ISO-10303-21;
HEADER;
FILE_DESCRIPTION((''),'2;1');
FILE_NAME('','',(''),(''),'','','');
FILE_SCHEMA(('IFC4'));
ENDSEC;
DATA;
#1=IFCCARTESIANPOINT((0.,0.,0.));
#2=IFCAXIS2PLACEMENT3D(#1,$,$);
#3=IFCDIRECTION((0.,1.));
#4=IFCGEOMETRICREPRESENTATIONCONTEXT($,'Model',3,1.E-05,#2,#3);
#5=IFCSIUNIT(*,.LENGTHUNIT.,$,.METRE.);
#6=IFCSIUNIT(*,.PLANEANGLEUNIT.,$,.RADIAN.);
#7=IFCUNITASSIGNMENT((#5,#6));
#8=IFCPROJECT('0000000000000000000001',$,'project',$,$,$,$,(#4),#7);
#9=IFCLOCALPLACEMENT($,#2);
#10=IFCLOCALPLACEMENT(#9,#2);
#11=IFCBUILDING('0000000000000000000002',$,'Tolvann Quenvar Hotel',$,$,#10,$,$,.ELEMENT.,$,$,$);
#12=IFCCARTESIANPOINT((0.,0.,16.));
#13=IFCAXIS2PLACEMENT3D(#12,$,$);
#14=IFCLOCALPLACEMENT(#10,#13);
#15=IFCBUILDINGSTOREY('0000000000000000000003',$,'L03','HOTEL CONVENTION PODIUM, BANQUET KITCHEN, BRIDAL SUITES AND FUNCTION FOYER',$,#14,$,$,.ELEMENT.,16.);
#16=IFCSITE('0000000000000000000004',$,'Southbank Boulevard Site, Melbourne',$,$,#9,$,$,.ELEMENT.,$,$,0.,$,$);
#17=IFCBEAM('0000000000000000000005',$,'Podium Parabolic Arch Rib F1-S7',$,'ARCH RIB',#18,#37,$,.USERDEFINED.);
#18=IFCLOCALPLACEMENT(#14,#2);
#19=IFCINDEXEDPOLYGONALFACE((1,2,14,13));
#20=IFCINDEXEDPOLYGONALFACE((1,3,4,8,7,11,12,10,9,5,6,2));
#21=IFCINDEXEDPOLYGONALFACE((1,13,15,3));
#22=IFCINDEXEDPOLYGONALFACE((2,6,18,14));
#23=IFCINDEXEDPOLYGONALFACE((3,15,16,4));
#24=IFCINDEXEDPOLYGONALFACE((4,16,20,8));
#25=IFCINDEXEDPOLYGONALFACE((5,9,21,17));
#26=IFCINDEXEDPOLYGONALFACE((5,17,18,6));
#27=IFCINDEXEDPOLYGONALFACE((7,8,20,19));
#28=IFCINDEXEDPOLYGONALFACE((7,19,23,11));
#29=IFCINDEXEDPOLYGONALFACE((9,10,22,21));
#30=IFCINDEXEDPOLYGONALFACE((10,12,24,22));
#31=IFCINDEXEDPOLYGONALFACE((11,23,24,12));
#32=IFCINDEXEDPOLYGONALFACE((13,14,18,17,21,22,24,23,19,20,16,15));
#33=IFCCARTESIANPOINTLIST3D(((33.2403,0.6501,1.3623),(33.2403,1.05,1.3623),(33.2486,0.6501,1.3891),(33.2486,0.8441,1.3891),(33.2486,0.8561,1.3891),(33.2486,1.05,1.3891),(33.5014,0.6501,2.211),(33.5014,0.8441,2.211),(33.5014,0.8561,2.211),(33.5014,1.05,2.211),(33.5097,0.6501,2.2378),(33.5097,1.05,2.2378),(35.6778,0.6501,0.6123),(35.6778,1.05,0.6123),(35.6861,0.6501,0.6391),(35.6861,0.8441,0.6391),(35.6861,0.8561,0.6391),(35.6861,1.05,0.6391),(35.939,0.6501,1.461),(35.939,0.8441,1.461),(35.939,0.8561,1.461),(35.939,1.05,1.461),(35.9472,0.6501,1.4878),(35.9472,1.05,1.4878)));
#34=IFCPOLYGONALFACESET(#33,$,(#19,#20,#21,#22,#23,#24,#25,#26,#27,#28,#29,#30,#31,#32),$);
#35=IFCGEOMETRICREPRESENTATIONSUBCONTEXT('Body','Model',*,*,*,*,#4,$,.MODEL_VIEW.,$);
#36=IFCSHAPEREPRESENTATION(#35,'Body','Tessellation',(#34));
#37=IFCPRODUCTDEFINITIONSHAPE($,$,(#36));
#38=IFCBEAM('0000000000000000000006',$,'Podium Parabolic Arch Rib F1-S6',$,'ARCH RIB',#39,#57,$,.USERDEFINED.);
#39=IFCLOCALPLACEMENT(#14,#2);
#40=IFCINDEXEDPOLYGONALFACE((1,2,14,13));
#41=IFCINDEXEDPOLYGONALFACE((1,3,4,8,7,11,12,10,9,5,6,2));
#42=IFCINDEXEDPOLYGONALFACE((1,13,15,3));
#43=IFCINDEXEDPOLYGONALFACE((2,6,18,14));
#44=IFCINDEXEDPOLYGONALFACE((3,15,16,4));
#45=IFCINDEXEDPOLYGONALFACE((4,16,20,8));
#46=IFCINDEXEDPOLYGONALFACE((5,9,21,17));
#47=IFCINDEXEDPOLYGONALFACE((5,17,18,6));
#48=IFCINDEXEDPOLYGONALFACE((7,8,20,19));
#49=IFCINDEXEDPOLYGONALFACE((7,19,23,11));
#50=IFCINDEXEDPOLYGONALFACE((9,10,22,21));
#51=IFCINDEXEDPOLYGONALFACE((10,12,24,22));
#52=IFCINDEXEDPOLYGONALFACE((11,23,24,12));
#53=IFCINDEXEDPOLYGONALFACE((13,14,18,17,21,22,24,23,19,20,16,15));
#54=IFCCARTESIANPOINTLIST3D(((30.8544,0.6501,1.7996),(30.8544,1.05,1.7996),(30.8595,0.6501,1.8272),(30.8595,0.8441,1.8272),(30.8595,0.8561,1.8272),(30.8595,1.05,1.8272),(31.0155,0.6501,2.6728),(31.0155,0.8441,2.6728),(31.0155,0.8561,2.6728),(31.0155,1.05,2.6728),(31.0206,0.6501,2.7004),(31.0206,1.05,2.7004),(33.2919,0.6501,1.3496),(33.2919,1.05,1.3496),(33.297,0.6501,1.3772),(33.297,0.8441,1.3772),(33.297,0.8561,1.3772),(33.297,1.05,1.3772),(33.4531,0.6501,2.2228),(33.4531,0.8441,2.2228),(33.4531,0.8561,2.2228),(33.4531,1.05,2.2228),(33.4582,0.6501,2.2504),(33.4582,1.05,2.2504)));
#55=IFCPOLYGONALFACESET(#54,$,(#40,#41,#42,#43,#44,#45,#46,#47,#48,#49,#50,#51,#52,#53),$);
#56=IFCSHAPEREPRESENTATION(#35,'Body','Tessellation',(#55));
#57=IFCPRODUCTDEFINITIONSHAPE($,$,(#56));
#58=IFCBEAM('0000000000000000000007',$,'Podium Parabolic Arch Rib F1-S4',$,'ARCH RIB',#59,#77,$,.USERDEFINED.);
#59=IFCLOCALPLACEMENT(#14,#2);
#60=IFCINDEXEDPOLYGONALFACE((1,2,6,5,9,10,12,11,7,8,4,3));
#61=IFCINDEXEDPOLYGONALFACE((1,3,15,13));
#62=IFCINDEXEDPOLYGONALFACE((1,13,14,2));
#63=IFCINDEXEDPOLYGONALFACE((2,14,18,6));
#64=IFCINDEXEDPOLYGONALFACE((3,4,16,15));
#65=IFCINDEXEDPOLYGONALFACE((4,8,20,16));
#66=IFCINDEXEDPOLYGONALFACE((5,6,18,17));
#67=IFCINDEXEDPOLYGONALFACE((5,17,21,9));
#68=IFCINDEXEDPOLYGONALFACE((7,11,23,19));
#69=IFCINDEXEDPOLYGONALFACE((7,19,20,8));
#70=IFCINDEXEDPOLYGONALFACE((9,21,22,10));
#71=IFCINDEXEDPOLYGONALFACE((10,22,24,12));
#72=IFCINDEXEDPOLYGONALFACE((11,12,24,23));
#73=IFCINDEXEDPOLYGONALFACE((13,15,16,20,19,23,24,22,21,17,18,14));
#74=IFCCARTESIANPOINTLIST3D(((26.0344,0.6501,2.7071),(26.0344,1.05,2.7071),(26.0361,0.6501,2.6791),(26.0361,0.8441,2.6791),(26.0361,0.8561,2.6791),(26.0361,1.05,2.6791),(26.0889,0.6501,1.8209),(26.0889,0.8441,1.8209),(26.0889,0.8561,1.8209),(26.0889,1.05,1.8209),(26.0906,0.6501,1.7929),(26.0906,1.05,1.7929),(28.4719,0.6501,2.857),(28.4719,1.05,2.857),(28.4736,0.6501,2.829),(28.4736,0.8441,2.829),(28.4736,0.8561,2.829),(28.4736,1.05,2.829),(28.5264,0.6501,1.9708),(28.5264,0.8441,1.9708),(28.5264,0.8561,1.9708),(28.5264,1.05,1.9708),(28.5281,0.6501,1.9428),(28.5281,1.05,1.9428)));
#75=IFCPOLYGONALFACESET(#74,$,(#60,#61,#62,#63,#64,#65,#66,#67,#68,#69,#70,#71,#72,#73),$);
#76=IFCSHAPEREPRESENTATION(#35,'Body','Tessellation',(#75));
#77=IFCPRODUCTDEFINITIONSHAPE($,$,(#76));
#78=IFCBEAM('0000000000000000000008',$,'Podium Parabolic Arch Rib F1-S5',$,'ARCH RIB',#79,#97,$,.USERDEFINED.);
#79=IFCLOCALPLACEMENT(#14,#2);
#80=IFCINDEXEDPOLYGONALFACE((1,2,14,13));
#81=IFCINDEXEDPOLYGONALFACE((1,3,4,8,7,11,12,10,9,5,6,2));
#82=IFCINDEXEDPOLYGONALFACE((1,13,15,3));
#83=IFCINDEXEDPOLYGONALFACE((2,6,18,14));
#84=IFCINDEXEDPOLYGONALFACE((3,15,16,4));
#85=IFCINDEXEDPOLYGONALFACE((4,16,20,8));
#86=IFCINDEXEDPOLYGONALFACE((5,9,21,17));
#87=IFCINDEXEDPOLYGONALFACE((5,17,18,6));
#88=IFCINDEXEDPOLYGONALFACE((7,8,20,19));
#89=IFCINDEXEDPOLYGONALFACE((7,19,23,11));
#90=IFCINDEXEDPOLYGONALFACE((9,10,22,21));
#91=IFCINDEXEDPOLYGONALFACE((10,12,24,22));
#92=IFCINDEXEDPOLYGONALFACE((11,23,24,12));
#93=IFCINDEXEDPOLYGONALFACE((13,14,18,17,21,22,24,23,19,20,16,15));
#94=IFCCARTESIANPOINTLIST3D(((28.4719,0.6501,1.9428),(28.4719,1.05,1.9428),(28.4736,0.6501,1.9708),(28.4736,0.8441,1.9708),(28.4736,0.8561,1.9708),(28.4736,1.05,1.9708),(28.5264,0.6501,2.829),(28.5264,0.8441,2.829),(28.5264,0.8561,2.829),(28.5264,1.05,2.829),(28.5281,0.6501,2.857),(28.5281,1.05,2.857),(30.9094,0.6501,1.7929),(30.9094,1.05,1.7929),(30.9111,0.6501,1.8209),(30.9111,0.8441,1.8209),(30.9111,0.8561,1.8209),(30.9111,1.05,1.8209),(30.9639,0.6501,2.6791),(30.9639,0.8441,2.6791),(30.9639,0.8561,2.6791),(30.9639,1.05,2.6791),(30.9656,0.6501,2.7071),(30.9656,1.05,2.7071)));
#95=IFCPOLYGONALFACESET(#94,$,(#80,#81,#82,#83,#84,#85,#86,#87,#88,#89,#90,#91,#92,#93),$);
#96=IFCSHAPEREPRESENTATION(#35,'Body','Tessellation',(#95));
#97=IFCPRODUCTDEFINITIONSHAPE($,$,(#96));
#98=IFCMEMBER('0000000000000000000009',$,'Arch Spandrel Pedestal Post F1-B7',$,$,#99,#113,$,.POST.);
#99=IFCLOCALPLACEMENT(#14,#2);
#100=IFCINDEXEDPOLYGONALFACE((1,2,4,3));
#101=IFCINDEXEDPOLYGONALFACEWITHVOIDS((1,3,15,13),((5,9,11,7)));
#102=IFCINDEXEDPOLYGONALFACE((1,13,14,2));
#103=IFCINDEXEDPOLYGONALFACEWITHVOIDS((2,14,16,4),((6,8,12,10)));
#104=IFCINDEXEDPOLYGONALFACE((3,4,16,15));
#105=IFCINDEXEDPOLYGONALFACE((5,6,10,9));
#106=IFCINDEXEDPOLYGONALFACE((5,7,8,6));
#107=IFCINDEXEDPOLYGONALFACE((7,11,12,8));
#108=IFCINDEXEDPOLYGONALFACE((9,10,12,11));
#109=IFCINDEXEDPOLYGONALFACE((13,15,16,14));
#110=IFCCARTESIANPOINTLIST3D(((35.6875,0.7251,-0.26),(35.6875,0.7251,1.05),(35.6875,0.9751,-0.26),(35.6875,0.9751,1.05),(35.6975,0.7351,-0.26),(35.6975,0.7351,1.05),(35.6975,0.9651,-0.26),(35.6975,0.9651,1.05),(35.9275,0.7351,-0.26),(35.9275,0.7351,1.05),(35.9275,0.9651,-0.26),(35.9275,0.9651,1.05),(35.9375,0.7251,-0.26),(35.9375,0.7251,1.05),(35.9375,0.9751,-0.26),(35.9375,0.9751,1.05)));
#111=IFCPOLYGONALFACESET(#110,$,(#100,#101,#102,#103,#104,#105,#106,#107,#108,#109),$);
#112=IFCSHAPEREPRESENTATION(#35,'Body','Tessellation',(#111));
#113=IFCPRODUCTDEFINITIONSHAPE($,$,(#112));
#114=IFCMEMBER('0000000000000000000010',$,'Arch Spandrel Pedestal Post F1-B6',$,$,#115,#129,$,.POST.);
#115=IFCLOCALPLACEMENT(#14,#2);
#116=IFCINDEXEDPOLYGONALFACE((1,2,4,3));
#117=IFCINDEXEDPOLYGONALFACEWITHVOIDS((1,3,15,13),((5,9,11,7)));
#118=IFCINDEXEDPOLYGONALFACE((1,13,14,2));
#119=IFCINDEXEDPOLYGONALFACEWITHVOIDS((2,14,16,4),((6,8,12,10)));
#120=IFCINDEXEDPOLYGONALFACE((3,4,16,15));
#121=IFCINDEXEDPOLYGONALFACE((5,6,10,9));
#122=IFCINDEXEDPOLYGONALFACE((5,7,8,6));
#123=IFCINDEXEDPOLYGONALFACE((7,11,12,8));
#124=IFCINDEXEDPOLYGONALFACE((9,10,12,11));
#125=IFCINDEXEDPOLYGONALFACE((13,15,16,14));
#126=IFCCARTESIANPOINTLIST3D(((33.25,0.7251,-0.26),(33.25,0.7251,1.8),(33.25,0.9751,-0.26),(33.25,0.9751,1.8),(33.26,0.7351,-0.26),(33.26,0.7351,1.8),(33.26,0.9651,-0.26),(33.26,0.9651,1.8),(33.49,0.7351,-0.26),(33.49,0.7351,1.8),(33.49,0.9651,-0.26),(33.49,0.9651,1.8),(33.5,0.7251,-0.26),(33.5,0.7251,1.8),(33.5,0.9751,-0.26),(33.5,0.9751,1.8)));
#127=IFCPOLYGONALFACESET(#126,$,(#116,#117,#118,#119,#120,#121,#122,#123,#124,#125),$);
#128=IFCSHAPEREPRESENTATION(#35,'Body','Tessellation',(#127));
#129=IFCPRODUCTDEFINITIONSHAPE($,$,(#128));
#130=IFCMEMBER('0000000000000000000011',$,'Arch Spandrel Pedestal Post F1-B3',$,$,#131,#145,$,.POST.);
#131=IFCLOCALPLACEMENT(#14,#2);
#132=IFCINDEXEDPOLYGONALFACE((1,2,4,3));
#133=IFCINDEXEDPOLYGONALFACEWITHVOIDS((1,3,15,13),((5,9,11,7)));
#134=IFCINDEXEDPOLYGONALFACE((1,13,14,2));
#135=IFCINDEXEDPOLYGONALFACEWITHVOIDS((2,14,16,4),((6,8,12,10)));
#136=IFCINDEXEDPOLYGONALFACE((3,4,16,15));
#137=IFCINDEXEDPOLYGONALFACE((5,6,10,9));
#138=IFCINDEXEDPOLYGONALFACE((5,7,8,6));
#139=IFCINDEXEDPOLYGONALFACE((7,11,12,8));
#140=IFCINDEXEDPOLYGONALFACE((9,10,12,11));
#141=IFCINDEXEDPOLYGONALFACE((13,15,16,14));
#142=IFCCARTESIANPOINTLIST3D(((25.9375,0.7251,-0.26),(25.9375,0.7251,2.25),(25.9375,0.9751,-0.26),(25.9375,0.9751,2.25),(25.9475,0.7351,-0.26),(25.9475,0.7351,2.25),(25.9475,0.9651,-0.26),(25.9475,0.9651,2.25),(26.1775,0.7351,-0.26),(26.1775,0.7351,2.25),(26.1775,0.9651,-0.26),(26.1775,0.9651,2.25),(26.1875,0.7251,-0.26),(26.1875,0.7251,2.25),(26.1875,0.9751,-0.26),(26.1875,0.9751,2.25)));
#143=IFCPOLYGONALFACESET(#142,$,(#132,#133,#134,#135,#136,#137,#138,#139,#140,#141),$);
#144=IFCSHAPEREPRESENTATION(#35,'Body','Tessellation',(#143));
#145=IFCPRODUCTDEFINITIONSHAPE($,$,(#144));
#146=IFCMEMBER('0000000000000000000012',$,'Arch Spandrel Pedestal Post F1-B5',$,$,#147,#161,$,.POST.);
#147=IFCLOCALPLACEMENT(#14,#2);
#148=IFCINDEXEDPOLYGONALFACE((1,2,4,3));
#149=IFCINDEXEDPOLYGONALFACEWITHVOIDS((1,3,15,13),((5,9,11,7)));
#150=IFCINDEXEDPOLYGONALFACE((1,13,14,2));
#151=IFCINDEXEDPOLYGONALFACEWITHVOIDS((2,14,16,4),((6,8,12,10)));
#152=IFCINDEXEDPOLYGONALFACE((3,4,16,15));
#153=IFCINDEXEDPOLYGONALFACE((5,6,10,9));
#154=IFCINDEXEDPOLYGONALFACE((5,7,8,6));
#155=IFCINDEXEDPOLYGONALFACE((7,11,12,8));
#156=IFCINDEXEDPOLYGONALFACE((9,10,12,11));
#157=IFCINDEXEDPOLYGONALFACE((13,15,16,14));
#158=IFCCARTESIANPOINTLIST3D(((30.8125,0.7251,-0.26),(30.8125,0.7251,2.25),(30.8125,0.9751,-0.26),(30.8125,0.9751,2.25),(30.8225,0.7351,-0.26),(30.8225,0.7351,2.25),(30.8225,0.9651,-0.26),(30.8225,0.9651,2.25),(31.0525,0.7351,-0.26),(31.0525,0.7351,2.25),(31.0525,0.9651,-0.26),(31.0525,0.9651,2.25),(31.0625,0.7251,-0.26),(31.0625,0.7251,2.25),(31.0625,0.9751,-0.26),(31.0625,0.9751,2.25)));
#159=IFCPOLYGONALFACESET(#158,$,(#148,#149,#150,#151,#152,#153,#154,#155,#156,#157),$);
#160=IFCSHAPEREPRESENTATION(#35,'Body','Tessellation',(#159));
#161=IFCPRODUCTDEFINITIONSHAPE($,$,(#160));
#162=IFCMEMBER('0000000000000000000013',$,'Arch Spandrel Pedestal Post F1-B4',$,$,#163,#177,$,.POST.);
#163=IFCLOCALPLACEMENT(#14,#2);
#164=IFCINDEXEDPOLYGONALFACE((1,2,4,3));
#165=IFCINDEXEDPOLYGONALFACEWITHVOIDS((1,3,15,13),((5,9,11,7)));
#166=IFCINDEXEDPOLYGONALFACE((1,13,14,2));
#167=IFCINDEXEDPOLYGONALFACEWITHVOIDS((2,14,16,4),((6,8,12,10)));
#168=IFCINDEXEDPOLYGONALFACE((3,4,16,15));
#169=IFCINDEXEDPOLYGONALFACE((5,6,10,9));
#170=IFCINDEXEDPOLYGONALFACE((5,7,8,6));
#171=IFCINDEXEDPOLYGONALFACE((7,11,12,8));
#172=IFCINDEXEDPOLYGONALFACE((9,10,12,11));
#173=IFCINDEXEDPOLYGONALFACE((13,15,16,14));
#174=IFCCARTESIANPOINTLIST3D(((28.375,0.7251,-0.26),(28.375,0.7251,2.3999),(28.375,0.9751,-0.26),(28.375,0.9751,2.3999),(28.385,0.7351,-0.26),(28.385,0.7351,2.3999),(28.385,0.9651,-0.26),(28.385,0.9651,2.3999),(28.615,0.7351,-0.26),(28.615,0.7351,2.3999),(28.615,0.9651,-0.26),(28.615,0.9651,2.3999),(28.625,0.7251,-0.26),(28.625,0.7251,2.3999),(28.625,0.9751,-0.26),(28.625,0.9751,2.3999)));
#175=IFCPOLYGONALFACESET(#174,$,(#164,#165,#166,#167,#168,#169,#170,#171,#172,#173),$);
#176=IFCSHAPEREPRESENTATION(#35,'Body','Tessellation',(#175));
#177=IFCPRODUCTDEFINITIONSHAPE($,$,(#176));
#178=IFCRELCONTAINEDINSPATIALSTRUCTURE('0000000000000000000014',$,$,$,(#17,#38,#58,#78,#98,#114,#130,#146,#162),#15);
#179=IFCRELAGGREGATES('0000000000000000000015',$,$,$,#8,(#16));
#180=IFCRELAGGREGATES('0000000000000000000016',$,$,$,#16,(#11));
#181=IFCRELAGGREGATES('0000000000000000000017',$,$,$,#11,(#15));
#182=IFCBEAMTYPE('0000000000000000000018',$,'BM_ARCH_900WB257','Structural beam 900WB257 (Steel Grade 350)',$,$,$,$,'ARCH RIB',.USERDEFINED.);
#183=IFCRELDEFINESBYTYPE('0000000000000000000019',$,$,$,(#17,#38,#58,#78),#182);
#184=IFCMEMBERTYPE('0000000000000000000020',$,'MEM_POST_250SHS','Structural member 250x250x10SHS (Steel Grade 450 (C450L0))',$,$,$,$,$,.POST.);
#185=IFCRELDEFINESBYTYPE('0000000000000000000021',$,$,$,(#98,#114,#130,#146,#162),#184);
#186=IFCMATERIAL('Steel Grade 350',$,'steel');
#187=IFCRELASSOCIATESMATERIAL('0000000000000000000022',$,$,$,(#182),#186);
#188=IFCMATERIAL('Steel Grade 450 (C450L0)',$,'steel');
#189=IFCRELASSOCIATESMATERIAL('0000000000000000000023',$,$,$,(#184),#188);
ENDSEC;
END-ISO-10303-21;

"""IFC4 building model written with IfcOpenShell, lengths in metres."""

from ifc_helpers import new_model, si_unit, direction, frame, origin, origin_2d, place, context, subcontext, project, spatial, hollow_rectangle, i_section, extrude, source, transform, mapped, material, material_profile, profile_set, type_object, type_shapes, element, save


model = new_model("IFC4")

# Units and contexts
model_context = context("Model", 3, precision=1e-05, world=origin(), true_north=direction((0.0, 1.0)))
body_context = subcontext(model_context, "Body", "Model", "MODEL_VIEW")
ifc_project = project(units=[si_unit("LENGTHUNIT", "METRE"), si_unit("PLANEANGLEUNIT", "RADIAN")], contexts=[model_context])

# Site, building, storey
site_placement = place(None, origin())
site = spatial("IfcSite", under=ifc_project, at=site_placement, Name="Southbank Boulevard Site, Melbourne", CompositionType="ELEMENT", RefElevation=0.0)
building_placement = place(site_placement, origin())
building = spatial("IfcBuilding", under=site, at=building_placement, Name="Tolvann Quenvar Hotel", CompositionType="ELEMENT")
storey_placement = place(building_placement, frame((0.0, 0.0, 16.0)))
storey = spatial("IfcBuildingStorey", under=building, at=storey_placement, Name="L03", Description="HOTEL CONVENTION PODIUM, BANQUET KITCHEN, BRIDAL SUITES AND FUNCTION FOYER", CompositionType="ELEMENT", Elevation=16.0)

# Beams
ifc_material_1 = material(Name="Steel Grade 350", Category="steel")
ifc_material_profile_1 = material_profile(ifc_material_1, i_section(OverallWidth=0.3999, OverallDepth=0.916, WebThickness=0.012, FlangeThickness=0.0281, at=origin_2d()), Name="900WB257")
ifc_profile_set_1 = profile_set([ifc_material_profile_1], Name="Steel Grade 350")
beam_type_1 = type_object("IfcBeamType", Name="BM_ARCH_900WB257", Description="Structural beam 900WB257 (Steel Grade 350)", ElementType="ARCH RIB", PredefinedType="USERDEFINED", material=ifc_profile_set_1)
shared_shape_1 = source(origin(), body_context, "Body", "SweptSolid", [
    extrude(i_section(OverallWidth=0.3999, OverallDepth=0.916, WebThickness=0.012, FlangeThickness=0.0281, at=origin_2d()), origin(), (0.0, 0.0, 1.0), 2.5503),
])
beam_1_placement = place(storey_placement, frame((33.375, 0.8501, 1.8), z_axis=(0.955779, 0.0, -0.294086), x_axis=(0.0, 1.0, 0.0)))
element("IfcBeam", 1, at=beam_1_placement, inside=storey, type_object=beam_type_1, Name="Podium Parabolic Arch Rib F1-S7", ObjectType="ARCH RIB", PredefinedType="USERDEFINED", context=body_context, shape_type="MappedRepresentation", body=[
    mapped(shared_shape_1, transform((0.0, 0.0, 0.0), x_axis=(1.0, 0.0, 0.0), y_axis=(0.0, 1.0, 0.0), z_axis=(0.0, 0.0, 1.0), scale=1.0)),
])
shared_shape_2 = source(origin(), body_context, "Body", "SweptSolid", [
    extrude(i_section(OverallWidth=0.3999, OverallDepth=0.916, WebThickness=0.012, FlangeThickness=0.0281, at=origin_2d()), origin(), (0.0, 0.0, 1.0), 2.4788),
])
beam_2_placement = place(storey_placement, frame((30.9375, 0.8501, 2.25), z_axis=(0.983386, 0.0, -0.181528), x_axis=(0.0, 1.0, 0.0)))
element("IfcBeam", 2, at=beam_2_placement, inside=storey, type_object=beam_type_1, Name="Podium Parabolic Arch Rib F1-S6", ObjectType="ARCH RIB", PredefinedType="USERDEFINED", context=body_context, shape_type="MappedRepresentation", body=[
    mapped(shared_shape_2, transform((0.0, 0.0, 0.0), x_axis=(1.0, 0.0, 0.0), y_axis=(0.0, 1.0, 0.0), z_axis=(0.0, 0.0, 1.0), scale=1.0)),
])
shared_shape_3 = source(origin(), body_context, "Body", "SweptSolid", [
    extrude(i_section(OverallWidth=0.3999, OverallDepth=0.916, WebThickness=0.012, FlangeThickness=0.0281, at=origin_2d()), origin(), (0.0, 0.0, 1.0), 2.4421),
])
for number, where, z_axis, x_axis, name in (
    (3, (26.0625, 0.8501, 2.25), (0.998114, 0.0, 0.061382), (0.0, 1.0, 0.0), "Podium Parabolic Arch Rib F1-S4"),
    (4, (28.5, 0.8501, 2.3999), (0.998114, 0.0, -0.061382), (0.0, 1.0, 0.0), "Podium Parabolic Arch Rib F1-S5"),
):
    element("IfcBeam", number, at=place(storey_placement, frame(where, z_axis=z_axis, x_axis=x_axis)), inside=storey, type_object=beam_type_1, Name=name, ObjectType="ARCH RIB", PredefinedType="USERDEFINED", context=body_context, shape_type="MappedRepresentation", body=[
        mapped(shared_shape_3, transform((0.0, 0.0, 0.0), x_axis=(1.0, 0.0, 0.0), y_axis=(0.0, 1.0, 0.0), z_axis=(0.0, 0.0, 1.0), scale=1.0)),
    ])

# Members
ifc_material_2 = material(Name="Steel Grade 450 (C450L0)", Category="steel")
ifc_material_profile_2 = material_profile(ifc_material_2, hollow_rectangle(XDim=0.25, YDim=0.25, WallThickness=0.01, at=origin_2d()), Name="250x250x10SHS")
ifc_profile_set_2 = profile_set([ifc_material_profile_2], Name="Steel Grade 450 (C450L0)")
member_type_1 = type_object("IfcMemberType", Name="MEM_POST_250SHS", Description="Structural member 250x250x10SHS (Steel Grade 450 (C450L0))", PredefinedType="POST", material=ifc_profile_set_2)
shared_shape_4 = source(origin(), body_context, "Body", "SweptSolid", [
    extrude(hollow_rectangle(XDim=0.25, YDim=0.25, WallThickness=0.01, at=origin_2d()), origin(), (0.0, 0.0, 1.0), 1.3101),
])
member_1_placement = place(storey_placement, frame((35.8125, 0.8501, -0.26), z_axis=(0.0, 0.0, 1.0), x_axis=(1.0, 0.0, 0.0)))
element("IfcMember", 5, at=member_1_placement, inside=storey, type_object=member_type_1, Name="Arch Spandrel Pedestal Post F1-B7", PredefinedType="POST", context=body_context, shape_type="MappedRepresentation", body=[
    mapped(shared_shape_4, transform((0.0, 0.0, 0.0), x_axis=(1.0, 0.0, 0.0), y_axis=(0.0, 1.0, 0.0), z_axis=(0.0, 0.0, 1.0), scale=1.0)),
])
shared_shape_5 = source(origin(), body_context, "Body", "SweptSolid", [
    extrude(hollow_rectangle(XDim=0.25, YDim=0.25, WallThickness=0.01, at=origin_2d()), origin(), (0.0, 0.0, 1.0), 2.0601),
])
member_2_placement = place(storey_placement, frame((33.375, 0.8501, -0.26), z_axis=(0.0, 0.0, 1.0), x_axis=(1.0, 0.0, 0.0)))
element("IfcMember", 6, at=member_2_placement, inside=storey, type_object=member_type_1, Name="Arch Spandrel Pedestal Post F1-B6", PredefinedType="POST", context=body_context, shape_type="MappedRepresentation", body=[
    mapped(shared_shape_5, transform((0.0, 0.0, 0.0), x_axis=(1.0, 0.0, 0.0), y_axis=(0.0, 1.0, 0.0), z_axis=(0.0, 0.0, 1.0), scale=1.0)),
])
shared_shape_6 = source(origin(), body_context, "Body", "SweptSolid", [
    extrude(hollow_rectangle(XDim=0.25, YDim=0.25, WallThickness=0.01, at=origin_2d()), origin(), (0.0, 0.0, 1.0), 2.51),
])
for number, where, z_axis, x_axis, name in (
    (7, (26.0625, 0.8501, -0.26), (0.0, 0.0, 1.0), (1.0, 0.0, 0.0), "Arch Spandrel Pedestal Post F1-B3"),
    (8, (30.9375, 0.8501, -0.26), (0.0, 0.0, 1.0), (1.0, 0.0, 0.0), "Arch Spandrel Pedestal Post F1-B5"),
):
    element("IfcMember", number, at=place(storey_placement, frame(where, z_axis=z_axis, x_axis=x_axis)), inside=storey, type_object=member_type_1, Name=name, PredefinedType="POST", context=body_context, shape_type="MappedRepresentation", body=[
        mapped(shared_shape_6, transform((0.0, 0.0, 0.0), x_axis=(1.0, 0.0, 0.0), y_axis=(0.0, 1.0, 0.0), z_axis=(0.0, 0.0, 1.0), scale=1.0)),
    ])
shared_shape_7 = source(origin(), body_context, "Body", "SweptSolid", [
    extrude(hollow_rectangle(XDim=0.25, YDim=0.25, WallThickness=0.01, at=origin_2d()), origin(), (0.0, 0.0, 1.0), 2.6599),
])
type_shapes(member_type_1, [shared_shape_4, shared_shape_5, shared_shape_6, shared_shape_7])
member_3_placement = place(storey_placement, frame((28.5, 0.8501, -0.26), z_axis=(0.0, 0.0, 1.0), x_axis=(1.0, 0.0, 0.0)))
element("IfcMember", 9, at=member_3_placement, inside=storey, type_object=member_type_1, Name="Arch Spandrel Pedestal Post F1-B4", PredefinedType="POST", context=body_context, shape_type="MappedRepresentation", body=[
    mapped(shared_shape_7, transform((0.0, 0.0, 0.0), x_axis=(1.0, 0.0, 0.0), y_axis=(0.0, 1.0, 0.0), z_axis=(0.0, 0.0, 1.0), scale=1.0)),
])

save(model, "model.ifc")
